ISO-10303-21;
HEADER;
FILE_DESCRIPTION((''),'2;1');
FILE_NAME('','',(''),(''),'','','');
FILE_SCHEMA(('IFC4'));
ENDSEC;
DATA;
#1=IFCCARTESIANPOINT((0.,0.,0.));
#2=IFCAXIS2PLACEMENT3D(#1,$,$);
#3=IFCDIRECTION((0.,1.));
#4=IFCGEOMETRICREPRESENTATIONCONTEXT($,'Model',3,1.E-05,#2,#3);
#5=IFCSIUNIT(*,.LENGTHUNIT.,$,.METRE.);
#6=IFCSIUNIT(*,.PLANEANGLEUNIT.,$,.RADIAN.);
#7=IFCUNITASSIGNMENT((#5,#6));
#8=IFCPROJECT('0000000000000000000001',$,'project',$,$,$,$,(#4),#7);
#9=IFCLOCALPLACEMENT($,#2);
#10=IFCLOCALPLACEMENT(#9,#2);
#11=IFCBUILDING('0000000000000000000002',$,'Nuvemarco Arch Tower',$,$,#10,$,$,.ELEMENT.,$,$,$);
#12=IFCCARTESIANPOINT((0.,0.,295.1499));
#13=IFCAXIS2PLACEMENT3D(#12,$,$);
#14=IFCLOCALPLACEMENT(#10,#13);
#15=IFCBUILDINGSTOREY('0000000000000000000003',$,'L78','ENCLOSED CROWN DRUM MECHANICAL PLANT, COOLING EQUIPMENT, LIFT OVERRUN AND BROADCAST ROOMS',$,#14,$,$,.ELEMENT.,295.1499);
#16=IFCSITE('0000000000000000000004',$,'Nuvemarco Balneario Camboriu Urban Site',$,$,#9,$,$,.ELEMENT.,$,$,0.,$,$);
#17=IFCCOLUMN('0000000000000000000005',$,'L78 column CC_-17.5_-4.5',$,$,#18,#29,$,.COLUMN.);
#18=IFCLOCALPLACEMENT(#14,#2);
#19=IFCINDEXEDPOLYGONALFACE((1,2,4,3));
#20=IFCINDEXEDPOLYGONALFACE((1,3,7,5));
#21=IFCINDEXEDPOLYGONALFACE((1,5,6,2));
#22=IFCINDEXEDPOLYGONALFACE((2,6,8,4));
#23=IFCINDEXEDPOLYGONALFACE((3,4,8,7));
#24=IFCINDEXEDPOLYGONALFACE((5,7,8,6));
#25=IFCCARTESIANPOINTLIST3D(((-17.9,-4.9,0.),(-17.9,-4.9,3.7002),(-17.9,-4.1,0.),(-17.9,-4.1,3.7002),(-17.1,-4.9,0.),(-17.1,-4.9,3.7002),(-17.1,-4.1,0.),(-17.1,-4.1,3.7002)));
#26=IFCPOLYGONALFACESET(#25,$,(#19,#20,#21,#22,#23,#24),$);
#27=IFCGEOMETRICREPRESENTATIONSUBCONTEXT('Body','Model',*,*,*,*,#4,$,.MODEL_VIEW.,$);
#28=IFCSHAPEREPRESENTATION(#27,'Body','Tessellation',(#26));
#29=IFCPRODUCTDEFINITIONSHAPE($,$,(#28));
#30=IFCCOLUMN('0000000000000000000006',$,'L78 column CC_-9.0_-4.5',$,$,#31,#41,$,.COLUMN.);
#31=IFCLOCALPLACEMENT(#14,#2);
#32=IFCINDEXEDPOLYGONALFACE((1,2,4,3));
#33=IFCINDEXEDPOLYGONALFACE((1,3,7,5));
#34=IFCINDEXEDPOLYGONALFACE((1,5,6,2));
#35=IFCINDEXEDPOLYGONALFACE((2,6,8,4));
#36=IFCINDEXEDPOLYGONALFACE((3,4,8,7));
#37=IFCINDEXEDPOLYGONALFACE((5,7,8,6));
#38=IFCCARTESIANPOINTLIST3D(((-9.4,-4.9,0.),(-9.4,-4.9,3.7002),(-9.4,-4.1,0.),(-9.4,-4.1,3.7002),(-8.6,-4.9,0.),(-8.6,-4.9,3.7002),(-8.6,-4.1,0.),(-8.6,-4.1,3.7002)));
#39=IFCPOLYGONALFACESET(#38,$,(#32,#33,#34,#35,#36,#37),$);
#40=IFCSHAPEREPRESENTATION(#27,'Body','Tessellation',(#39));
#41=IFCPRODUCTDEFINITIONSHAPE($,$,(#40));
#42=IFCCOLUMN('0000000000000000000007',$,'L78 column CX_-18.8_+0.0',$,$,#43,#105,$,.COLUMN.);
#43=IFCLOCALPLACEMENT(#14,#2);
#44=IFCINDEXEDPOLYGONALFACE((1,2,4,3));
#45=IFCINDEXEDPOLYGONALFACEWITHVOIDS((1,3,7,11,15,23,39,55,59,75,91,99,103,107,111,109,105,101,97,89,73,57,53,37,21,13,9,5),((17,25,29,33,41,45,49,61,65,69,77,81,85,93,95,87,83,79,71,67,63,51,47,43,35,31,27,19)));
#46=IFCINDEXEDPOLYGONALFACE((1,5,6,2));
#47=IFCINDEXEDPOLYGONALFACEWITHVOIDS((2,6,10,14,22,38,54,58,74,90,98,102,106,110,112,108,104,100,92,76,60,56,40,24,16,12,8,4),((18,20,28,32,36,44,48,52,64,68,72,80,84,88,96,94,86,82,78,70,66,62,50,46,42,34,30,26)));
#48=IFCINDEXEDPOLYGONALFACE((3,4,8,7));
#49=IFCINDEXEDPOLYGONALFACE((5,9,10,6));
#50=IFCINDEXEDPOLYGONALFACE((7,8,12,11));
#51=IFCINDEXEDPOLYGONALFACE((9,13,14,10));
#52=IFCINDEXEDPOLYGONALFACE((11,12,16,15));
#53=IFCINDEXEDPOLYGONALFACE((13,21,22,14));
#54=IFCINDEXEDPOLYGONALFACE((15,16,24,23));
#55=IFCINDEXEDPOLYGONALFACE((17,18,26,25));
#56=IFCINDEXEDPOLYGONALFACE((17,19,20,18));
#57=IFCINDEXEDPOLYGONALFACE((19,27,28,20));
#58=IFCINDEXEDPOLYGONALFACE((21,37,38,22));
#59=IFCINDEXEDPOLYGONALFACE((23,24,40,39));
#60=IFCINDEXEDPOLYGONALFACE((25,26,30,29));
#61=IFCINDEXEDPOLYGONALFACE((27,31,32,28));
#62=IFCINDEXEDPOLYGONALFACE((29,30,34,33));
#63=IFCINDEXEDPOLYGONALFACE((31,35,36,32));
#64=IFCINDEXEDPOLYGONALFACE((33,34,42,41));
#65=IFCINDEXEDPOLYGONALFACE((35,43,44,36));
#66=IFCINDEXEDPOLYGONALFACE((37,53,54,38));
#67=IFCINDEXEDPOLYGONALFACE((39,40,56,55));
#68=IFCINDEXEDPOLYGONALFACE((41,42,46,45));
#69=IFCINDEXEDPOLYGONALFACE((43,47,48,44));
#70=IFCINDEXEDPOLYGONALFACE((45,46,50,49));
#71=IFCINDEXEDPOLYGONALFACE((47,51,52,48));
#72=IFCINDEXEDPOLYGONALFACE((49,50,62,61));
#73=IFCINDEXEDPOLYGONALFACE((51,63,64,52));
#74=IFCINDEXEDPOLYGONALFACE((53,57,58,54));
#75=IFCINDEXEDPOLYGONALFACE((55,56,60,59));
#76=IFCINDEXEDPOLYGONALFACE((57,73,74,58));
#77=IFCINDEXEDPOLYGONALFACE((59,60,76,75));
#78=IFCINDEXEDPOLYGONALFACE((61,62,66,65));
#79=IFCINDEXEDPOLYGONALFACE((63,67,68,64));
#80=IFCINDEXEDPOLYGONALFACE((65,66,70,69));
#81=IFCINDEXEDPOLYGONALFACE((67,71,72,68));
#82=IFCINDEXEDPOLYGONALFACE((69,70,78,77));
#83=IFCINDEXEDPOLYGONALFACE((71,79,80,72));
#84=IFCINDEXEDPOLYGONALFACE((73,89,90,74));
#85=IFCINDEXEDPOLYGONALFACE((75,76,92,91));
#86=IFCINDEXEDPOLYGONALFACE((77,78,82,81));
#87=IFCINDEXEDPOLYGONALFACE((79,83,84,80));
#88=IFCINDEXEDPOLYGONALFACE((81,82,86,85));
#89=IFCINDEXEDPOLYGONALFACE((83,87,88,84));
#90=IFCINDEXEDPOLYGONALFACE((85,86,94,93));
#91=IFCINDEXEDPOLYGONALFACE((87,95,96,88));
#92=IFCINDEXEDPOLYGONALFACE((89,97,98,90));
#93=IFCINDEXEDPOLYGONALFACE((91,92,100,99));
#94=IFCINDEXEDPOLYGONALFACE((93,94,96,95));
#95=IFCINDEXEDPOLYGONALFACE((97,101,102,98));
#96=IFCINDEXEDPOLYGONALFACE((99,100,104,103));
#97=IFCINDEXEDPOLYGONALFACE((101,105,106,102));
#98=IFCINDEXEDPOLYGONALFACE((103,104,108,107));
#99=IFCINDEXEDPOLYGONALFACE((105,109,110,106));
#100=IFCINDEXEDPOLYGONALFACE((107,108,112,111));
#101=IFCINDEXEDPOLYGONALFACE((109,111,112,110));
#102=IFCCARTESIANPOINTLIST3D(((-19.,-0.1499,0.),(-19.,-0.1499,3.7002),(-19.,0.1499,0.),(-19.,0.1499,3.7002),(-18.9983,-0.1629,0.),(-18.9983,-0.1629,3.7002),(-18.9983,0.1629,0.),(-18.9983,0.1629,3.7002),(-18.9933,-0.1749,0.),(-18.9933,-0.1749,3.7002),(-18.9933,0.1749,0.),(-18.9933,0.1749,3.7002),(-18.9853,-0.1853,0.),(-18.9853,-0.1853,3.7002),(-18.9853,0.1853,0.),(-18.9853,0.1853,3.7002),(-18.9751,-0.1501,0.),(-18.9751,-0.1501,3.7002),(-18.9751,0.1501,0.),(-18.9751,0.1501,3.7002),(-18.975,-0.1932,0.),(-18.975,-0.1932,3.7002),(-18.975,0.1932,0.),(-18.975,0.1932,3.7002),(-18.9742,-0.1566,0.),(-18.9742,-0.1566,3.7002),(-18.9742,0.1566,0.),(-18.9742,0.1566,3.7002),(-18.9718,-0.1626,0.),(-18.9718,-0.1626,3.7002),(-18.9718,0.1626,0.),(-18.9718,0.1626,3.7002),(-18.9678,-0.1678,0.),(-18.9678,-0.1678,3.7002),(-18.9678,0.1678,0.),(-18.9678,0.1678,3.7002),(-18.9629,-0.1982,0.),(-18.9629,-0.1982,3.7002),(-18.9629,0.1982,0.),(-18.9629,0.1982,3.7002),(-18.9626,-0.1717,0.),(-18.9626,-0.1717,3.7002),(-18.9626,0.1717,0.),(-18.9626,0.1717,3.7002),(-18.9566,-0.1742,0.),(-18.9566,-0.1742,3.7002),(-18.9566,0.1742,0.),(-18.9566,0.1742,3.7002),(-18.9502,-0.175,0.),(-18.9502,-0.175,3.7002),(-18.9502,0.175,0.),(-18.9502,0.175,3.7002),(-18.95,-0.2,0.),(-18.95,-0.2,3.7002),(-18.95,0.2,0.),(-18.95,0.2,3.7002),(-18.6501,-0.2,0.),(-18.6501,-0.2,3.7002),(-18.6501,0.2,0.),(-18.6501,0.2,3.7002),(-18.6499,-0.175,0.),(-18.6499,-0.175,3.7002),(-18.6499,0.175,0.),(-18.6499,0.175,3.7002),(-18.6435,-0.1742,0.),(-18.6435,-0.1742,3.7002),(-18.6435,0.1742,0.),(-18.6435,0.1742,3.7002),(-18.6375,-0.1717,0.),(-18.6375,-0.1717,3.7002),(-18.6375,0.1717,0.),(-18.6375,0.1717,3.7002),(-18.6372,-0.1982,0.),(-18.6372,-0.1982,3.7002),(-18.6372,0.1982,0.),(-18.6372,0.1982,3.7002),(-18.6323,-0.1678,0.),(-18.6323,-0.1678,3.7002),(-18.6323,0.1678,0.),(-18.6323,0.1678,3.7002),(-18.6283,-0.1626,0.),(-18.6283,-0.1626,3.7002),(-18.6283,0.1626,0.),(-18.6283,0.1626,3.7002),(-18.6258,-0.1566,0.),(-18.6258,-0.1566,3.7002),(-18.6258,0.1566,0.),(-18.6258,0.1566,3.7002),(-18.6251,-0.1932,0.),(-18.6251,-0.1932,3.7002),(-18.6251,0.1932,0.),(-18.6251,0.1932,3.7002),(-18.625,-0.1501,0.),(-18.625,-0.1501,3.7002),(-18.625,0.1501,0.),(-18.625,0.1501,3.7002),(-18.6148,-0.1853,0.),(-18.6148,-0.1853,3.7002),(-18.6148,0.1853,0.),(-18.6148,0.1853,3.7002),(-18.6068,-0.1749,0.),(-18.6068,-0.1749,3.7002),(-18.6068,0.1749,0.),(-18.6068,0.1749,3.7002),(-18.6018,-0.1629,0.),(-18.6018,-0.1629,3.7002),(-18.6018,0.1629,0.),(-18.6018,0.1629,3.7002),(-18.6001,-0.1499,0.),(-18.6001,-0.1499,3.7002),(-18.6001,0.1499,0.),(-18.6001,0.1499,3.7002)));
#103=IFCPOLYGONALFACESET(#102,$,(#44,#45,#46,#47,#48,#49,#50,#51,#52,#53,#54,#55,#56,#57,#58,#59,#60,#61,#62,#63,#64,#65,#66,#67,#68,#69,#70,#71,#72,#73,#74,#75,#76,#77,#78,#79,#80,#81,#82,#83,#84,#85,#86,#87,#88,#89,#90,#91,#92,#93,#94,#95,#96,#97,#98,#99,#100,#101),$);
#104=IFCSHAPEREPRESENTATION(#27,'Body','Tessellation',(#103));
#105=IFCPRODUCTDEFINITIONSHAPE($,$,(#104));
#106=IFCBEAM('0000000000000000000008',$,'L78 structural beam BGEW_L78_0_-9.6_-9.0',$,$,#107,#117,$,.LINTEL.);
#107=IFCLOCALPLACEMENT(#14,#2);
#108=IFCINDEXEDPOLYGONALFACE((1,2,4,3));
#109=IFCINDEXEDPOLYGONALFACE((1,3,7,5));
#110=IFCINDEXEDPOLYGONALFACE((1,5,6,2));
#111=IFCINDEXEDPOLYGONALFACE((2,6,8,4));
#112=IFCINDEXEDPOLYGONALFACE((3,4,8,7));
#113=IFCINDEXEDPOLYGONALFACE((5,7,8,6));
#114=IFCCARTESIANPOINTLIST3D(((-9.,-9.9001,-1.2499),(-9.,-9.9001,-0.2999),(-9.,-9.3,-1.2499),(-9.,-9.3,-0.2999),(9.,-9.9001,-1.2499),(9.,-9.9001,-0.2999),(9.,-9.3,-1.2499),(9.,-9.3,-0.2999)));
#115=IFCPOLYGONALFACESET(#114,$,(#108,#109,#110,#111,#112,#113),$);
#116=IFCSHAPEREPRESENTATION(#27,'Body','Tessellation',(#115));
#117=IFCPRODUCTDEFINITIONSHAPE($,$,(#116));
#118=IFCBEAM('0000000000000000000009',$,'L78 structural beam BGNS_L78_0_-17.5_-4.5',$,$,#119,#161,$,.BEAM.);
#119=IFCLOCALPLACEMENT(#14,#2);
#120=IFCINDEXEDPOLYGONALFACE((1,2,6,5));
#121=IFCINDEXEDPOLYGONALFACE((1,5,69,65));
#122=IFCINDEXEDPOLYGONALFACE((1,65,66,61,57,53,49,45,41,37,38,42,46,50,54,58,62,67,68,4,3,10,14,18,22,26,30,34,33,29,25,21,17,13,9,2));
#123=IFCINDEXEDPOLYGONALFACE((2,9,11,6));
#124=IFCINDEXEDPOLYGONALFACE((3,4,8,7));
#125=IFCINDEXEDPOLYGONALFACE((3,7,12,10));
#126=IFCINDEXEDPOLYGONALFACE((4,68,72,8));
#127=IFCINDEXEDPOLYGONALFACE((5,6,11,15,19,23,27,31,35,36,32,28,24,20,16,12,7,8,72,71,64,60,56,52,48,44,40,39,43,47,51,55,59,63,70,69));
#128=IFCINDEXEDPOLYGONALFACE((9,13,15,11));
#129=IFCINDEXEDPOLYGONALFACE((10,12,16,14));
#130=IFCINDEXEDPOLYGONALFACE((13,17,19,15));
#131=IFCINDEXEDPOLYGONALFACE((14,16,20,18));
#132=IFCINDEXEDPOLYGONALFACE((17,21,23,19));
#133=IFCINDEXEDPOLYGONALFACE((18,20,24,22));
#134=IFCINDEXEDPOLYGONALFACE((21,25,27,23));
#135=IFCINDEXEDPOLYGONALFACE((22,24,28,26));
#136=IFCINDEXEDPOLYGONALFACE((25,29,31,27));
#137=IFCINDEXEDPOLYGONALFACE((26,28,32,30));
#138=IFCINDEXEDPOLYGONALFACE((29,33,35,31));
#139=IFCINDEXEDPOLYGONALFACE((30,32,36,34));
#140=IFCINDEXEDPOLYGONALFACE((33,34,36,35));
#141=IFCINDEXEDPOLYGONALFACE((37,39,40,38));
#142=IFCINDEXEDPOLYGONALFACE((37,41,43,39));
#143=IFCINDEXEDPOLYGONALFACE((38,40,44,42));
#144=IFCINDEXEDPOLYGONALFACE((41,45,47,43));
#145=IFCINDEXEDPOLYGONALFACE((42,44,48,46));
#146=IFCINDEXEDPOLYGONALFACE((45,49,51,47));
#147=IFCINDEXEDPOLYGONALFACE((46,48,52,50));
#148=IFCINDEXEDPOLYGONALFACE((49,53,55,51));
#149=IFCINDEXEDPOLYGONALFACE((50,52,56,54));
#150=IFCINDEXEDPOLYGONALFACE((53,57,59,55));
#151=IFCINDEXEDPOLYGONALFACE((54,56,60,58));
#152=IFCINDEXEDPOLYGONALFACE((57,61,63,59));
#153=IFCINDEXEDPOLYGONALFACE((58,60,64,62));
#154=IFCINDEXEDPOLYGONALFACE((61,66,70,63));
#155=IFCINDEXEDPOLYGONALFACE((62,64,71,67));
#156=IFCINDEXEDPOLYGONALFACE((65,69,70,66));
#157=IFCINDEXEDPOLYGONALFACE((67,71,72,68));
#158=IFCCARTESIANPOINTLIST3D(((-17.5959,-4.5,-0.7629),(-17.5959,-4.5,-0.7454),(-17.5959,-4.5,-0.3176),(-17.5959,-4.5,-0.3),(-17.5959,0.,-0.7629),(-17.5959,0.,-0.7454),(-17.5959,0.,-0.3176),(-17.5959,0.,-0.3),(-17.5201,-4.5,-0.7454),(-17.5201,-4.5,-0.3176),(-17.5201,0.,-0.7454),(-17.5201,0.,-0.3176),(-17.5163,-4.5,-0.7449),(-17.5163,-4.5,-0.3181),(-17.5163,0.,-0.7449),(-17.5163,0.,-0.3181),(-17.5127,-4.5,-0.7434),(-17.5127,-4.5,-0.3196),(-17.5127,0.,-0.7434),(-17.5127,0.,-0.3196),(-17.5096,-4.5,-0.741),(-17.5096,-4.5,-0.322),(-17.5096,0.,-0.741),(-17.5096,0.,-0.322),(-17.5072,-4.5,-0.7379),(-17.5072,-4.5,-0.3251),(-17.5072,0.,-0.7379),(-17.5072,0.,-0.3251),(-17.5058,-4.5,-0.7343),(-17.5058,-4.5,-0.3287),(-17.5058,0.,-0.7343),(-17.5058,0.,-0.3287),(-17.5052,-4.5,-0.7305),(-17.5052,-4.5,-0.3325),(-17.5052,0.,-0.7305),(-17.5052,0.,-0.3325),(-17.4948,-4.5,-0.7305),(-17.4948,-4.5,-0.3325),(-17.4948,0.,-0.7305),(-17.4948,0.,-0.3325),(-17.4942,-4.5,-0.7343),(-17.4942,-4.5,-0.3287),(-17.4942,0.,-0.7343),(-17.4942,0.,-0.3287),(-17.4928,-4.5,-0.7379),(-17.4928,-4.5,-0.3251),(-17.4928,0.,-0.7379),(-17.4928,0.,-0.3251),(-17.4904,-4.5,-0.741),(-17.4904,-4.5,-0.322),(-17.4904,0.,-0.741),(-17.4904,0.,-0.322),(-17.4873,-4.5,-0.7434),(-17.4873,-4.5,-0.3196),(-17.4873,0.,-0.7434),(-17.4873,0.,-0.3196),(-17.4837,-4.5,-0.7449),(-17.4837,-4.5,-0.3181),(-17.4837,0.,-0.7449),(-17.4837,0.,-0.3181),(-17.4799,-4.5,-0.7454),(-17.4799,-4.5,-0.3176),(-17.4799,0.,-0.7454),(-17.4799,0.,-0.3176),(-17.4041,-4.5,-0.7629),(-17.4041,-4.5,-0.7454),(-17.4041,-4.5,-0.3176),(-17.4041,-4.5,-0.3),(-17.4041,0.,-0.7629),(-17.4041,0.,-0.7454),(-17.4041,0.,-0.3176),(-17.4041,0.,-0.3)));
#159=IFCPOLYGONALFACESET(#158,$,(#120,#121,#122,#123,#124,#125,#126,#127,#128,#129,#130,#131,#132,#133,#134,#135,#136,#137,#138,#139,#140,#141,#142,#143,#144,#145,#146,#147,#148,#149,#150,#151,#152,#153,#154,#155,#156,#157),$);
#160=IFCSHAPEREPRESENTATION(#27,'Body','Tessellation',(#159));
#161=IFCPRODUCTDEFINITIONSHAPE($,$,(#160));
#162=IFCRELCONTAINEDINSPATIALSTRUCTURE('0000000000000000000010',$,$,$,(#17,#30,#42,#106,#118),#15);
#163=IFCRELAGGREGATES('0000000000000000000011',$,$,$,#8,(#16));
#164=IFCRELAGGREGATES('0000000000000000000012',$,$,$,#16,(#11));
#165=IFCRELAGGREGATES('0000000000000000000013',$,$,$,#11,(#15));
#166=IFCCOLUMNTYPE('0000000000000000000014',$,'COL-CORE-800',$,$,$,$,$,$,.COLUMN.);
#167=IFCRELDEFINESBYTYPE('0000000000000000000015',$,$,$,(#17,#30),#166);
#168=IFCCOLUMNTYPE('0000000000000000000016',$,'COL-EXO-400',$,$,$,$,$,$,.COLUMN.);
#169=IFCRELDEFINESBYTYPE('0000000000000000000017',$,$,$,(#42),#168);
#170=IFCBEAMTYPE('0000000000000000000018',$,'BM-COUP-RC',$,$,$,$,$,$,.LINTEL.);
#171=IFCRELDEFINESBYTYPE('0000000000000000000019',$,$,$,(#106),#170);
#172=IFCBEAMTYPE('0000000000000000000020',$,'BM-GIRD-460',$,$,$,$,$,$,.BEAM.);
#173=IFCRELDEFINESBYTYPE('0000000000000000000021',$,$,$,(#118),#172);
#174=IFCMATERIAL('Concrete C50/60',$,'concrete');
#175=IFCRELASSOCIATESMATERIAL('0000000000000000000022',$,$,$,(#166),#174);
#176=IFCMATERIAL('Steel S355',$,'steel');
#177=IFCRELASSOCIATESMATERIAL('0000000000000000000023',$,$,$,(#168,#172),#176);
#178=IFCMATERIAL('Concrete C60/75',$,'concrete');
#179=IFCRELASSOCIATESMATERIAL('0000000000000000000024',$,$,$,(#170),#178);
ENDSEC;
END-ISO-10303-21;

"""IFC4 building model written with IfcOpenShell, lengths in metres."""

from ifc_helpers import new_model, si_unit, direction, frame, origin, origin_2d, place, context, subcontext, project, spatial, rectangle, hollow_rectangle, i_section, extrude, material, material_profile, profile_set, type_object, element, save


model = new_model("IFC4")

# Units and contexts
model_context = context("Model", 3, precision=1e-05, world=origin(), true_north=direction((0.0, 1.0)))
body_context = subcontext(model_context, "Body", "Model", "MODEL_VIEW")
ifc_project = project(units=[si_unit("LENGTHUNIT", "METRE"), si_unit("PLANEANGLEUNIT", "RADIAN")], contexts=[model_context])

# Site, building, storey
site_placement = place(None, origin())
site = spatial("IfcSite", under=ifc_project, at=site_placement, Name="Nuvemarco Balneario Camboriu Urban Site", CompositionType="ELEMENT", RefElevation=0.0)
building_placement = place(site_placement, origin())
building = spatial("IfcBuilding", under=site, at=building_placement, Name="Nuvemarco Arch Tower", CompositionType="ELEMENT")
storey_placement = place(building_placement, frame((0.0, 0.0, 295.1499)))
storey = spatial("IfcBuildingStorey", under=building, at=storey_placement, Name="L78", Description="ENCLOSED CROWN DRUM MECHANICAL PLANT, COOLING EQUIPMENT, LIFT OVERRUN AND BROADCAST ROOMS", CompositionType="ELEMENT", Elevation=295.1499)

# Columns
ifc_material_1 = material(Name="Concrete C50/60", Category="concrete")
ifc_material_profile_1 = material_profile(ifc_material_1, rectangle(XDim=0.8, YDim=0.8, at=origin_2d()), Name="RC-COL-800x800")
ifc_profile_set_1 = profile_set([ifc_material_profile_1], Name="Concrete C50/60")
column_type_1 = type_object("IfcColumnType", Name="COL-CORE-800", PredefinedType="COLUMN", material=ifc_profile_set_1)
for number, where, z_axis, x_axis, name in (
    (1, (-17.5, -4.5, 0.0), (0.0, 0.0, 1.0), (1.0, 0.0, 0.0), "L78 column CC_-17.5_-4.5"),
    (2, (-9.0, -4.5, 0.0), (0.0, 0.0, 1.0), (1.0, 0.0, 0.0), "L78 column CC_-9.0_-4.5"),
):
    element("IfcColumn", number, at=place(storey_placement, frame(where, z_axis=z_axis, x_axis=x_axis)), inside=storey, type_object=column_type_1, Name=name, PredefinedType="COLUMN", context=body_context, shape_type="SweptSolid", body=[
        extrude(rectangle(XDim=0.8, YDim=0.8, at=origin_2d()), origin(), (0.0, 0.0, 1.0), 3.7002),
    ])
ifc_material_2 = material(Name="Steel S355", Category="steel")
ifc_material_profile_2 = material_profile(ifc_material_2, hollow_rectangle(XDim=0.3999, YDim=0.3999, WallThickness=0.0249, InnerFilletRadius=0.0249, OuterFilletRadius=0.05, at=origin_2d()), Name="SHS400x400x25")
ifc_profile_set_2 = profile_set([ifc_material_profile_2], Name="Steel S355")
column_type_2 = type_object("IfcColumnType", Name="COL-EXO-400", PredefinedType="COLUMN", material=ifc_profile_set_2)
column_placement = place(storey_placement, frame((-18.8, 0.0, 0.0), z_axis=(0.0, 0.0, 1.0), x_axis=(1.0, 0.0, 0.0)))
element("IfcColumn", 3, at=column_placement, inside=storey, type_object=column_type_2, Name="L78 column CX_-18.8_+0.0", PredefinedType="COLUMN", context=body_context, shape_type="SweptSolid", body=[
    extrude(hollow_rectangle(XDim=0.3999, YDim=0.3999, WallThickness=0.0249, InnerFilletRadius=0.0249, OuterFilletRadius=0.05, at=origin_2d()), origin(), (0.0, 0.0, 1.0), 3.7002),
])

# Beams
ifc_material_3 = material(Name="Concrete C60/75", Category="concrete")
ifc_material_profile_3 = material_profile(ifc_material_3, rectangle(XDim=0.6001, YDim=0.95, at=origin_2d()), Name="RC-BM-600x950")
ifc_profile_set_3 = profile_set([ifc_material_profile_3], Name="Concrete C60/75")
beam_type_1 = type_object("IfcBeamType", Name="BM-COUP-RC", PredefinedType="LINTEL", material=ifc_profile_set_3)
beam_1_placement = place(storey_placement, frame((-9.0, -9.6001, -0.7749), z_axis=(1.0, 0.0, 0.0), x_axis=(0.0, 1.0, 0.0)))
element("IfcBeam", 4, at=beam_1_placement, inside=storey, type_object=beam_type_1, Name="L78 structural beam BGEW_L78_0_-9.6_-9.0", PredefinedType="LINTEL", context=body_context, shape_type="SweptSolid", body=[
    extrude(rectangle(XDim=0.6001, YDim=0.95, at=origin_2d()), origin(), (0.0, 0.0, 1.0), 18.0),
])
ifc_material_profile_4 = material_profile(ifc_material_2, i_section(OverallWidth=0.1919, OverallDepth=0.4629, WebThickness=0.0105, FlangeThickness=0.0176, FilletRadius=0.0149, at=origin_2d()), Name="W460x89")
ifc_profile_set_4 = profile_set([ifc_material_profile_4], Name="Steel S355")
beam_type_2 = type_object("IfcBeamType", Name="BM-GIRD-460", PredefinedType="BEAM", material=ifc_profile_set_4)
beam_2_placement = place(storey_placement, frame((-17.5, -4.5, -0.5315), z_axis=(0.0, 1.0, 0.0), x_axis=(-1.0, 0.0, 0.0)))
element("IfcBeam", 5, at=beam_2_placement, inside=storey, type_object=beam_type_2, Name="L78 structural beam BGNS_L78_0_-17.5_-4.5", PredefinedType="BEAM", context=body_context, shape_type="SweptSolid", body=[
    extrude(i_section(OverallWidth=0.1919, OverallDepth=0.4629, WebThickness=0.0105, FlangeThickness=0.0176, FilletRadius=0.0149, at=origin_2d()), origin(), (0.0, 0.0, 1.0), 4.5),
])

save(model, "model.ifc")
